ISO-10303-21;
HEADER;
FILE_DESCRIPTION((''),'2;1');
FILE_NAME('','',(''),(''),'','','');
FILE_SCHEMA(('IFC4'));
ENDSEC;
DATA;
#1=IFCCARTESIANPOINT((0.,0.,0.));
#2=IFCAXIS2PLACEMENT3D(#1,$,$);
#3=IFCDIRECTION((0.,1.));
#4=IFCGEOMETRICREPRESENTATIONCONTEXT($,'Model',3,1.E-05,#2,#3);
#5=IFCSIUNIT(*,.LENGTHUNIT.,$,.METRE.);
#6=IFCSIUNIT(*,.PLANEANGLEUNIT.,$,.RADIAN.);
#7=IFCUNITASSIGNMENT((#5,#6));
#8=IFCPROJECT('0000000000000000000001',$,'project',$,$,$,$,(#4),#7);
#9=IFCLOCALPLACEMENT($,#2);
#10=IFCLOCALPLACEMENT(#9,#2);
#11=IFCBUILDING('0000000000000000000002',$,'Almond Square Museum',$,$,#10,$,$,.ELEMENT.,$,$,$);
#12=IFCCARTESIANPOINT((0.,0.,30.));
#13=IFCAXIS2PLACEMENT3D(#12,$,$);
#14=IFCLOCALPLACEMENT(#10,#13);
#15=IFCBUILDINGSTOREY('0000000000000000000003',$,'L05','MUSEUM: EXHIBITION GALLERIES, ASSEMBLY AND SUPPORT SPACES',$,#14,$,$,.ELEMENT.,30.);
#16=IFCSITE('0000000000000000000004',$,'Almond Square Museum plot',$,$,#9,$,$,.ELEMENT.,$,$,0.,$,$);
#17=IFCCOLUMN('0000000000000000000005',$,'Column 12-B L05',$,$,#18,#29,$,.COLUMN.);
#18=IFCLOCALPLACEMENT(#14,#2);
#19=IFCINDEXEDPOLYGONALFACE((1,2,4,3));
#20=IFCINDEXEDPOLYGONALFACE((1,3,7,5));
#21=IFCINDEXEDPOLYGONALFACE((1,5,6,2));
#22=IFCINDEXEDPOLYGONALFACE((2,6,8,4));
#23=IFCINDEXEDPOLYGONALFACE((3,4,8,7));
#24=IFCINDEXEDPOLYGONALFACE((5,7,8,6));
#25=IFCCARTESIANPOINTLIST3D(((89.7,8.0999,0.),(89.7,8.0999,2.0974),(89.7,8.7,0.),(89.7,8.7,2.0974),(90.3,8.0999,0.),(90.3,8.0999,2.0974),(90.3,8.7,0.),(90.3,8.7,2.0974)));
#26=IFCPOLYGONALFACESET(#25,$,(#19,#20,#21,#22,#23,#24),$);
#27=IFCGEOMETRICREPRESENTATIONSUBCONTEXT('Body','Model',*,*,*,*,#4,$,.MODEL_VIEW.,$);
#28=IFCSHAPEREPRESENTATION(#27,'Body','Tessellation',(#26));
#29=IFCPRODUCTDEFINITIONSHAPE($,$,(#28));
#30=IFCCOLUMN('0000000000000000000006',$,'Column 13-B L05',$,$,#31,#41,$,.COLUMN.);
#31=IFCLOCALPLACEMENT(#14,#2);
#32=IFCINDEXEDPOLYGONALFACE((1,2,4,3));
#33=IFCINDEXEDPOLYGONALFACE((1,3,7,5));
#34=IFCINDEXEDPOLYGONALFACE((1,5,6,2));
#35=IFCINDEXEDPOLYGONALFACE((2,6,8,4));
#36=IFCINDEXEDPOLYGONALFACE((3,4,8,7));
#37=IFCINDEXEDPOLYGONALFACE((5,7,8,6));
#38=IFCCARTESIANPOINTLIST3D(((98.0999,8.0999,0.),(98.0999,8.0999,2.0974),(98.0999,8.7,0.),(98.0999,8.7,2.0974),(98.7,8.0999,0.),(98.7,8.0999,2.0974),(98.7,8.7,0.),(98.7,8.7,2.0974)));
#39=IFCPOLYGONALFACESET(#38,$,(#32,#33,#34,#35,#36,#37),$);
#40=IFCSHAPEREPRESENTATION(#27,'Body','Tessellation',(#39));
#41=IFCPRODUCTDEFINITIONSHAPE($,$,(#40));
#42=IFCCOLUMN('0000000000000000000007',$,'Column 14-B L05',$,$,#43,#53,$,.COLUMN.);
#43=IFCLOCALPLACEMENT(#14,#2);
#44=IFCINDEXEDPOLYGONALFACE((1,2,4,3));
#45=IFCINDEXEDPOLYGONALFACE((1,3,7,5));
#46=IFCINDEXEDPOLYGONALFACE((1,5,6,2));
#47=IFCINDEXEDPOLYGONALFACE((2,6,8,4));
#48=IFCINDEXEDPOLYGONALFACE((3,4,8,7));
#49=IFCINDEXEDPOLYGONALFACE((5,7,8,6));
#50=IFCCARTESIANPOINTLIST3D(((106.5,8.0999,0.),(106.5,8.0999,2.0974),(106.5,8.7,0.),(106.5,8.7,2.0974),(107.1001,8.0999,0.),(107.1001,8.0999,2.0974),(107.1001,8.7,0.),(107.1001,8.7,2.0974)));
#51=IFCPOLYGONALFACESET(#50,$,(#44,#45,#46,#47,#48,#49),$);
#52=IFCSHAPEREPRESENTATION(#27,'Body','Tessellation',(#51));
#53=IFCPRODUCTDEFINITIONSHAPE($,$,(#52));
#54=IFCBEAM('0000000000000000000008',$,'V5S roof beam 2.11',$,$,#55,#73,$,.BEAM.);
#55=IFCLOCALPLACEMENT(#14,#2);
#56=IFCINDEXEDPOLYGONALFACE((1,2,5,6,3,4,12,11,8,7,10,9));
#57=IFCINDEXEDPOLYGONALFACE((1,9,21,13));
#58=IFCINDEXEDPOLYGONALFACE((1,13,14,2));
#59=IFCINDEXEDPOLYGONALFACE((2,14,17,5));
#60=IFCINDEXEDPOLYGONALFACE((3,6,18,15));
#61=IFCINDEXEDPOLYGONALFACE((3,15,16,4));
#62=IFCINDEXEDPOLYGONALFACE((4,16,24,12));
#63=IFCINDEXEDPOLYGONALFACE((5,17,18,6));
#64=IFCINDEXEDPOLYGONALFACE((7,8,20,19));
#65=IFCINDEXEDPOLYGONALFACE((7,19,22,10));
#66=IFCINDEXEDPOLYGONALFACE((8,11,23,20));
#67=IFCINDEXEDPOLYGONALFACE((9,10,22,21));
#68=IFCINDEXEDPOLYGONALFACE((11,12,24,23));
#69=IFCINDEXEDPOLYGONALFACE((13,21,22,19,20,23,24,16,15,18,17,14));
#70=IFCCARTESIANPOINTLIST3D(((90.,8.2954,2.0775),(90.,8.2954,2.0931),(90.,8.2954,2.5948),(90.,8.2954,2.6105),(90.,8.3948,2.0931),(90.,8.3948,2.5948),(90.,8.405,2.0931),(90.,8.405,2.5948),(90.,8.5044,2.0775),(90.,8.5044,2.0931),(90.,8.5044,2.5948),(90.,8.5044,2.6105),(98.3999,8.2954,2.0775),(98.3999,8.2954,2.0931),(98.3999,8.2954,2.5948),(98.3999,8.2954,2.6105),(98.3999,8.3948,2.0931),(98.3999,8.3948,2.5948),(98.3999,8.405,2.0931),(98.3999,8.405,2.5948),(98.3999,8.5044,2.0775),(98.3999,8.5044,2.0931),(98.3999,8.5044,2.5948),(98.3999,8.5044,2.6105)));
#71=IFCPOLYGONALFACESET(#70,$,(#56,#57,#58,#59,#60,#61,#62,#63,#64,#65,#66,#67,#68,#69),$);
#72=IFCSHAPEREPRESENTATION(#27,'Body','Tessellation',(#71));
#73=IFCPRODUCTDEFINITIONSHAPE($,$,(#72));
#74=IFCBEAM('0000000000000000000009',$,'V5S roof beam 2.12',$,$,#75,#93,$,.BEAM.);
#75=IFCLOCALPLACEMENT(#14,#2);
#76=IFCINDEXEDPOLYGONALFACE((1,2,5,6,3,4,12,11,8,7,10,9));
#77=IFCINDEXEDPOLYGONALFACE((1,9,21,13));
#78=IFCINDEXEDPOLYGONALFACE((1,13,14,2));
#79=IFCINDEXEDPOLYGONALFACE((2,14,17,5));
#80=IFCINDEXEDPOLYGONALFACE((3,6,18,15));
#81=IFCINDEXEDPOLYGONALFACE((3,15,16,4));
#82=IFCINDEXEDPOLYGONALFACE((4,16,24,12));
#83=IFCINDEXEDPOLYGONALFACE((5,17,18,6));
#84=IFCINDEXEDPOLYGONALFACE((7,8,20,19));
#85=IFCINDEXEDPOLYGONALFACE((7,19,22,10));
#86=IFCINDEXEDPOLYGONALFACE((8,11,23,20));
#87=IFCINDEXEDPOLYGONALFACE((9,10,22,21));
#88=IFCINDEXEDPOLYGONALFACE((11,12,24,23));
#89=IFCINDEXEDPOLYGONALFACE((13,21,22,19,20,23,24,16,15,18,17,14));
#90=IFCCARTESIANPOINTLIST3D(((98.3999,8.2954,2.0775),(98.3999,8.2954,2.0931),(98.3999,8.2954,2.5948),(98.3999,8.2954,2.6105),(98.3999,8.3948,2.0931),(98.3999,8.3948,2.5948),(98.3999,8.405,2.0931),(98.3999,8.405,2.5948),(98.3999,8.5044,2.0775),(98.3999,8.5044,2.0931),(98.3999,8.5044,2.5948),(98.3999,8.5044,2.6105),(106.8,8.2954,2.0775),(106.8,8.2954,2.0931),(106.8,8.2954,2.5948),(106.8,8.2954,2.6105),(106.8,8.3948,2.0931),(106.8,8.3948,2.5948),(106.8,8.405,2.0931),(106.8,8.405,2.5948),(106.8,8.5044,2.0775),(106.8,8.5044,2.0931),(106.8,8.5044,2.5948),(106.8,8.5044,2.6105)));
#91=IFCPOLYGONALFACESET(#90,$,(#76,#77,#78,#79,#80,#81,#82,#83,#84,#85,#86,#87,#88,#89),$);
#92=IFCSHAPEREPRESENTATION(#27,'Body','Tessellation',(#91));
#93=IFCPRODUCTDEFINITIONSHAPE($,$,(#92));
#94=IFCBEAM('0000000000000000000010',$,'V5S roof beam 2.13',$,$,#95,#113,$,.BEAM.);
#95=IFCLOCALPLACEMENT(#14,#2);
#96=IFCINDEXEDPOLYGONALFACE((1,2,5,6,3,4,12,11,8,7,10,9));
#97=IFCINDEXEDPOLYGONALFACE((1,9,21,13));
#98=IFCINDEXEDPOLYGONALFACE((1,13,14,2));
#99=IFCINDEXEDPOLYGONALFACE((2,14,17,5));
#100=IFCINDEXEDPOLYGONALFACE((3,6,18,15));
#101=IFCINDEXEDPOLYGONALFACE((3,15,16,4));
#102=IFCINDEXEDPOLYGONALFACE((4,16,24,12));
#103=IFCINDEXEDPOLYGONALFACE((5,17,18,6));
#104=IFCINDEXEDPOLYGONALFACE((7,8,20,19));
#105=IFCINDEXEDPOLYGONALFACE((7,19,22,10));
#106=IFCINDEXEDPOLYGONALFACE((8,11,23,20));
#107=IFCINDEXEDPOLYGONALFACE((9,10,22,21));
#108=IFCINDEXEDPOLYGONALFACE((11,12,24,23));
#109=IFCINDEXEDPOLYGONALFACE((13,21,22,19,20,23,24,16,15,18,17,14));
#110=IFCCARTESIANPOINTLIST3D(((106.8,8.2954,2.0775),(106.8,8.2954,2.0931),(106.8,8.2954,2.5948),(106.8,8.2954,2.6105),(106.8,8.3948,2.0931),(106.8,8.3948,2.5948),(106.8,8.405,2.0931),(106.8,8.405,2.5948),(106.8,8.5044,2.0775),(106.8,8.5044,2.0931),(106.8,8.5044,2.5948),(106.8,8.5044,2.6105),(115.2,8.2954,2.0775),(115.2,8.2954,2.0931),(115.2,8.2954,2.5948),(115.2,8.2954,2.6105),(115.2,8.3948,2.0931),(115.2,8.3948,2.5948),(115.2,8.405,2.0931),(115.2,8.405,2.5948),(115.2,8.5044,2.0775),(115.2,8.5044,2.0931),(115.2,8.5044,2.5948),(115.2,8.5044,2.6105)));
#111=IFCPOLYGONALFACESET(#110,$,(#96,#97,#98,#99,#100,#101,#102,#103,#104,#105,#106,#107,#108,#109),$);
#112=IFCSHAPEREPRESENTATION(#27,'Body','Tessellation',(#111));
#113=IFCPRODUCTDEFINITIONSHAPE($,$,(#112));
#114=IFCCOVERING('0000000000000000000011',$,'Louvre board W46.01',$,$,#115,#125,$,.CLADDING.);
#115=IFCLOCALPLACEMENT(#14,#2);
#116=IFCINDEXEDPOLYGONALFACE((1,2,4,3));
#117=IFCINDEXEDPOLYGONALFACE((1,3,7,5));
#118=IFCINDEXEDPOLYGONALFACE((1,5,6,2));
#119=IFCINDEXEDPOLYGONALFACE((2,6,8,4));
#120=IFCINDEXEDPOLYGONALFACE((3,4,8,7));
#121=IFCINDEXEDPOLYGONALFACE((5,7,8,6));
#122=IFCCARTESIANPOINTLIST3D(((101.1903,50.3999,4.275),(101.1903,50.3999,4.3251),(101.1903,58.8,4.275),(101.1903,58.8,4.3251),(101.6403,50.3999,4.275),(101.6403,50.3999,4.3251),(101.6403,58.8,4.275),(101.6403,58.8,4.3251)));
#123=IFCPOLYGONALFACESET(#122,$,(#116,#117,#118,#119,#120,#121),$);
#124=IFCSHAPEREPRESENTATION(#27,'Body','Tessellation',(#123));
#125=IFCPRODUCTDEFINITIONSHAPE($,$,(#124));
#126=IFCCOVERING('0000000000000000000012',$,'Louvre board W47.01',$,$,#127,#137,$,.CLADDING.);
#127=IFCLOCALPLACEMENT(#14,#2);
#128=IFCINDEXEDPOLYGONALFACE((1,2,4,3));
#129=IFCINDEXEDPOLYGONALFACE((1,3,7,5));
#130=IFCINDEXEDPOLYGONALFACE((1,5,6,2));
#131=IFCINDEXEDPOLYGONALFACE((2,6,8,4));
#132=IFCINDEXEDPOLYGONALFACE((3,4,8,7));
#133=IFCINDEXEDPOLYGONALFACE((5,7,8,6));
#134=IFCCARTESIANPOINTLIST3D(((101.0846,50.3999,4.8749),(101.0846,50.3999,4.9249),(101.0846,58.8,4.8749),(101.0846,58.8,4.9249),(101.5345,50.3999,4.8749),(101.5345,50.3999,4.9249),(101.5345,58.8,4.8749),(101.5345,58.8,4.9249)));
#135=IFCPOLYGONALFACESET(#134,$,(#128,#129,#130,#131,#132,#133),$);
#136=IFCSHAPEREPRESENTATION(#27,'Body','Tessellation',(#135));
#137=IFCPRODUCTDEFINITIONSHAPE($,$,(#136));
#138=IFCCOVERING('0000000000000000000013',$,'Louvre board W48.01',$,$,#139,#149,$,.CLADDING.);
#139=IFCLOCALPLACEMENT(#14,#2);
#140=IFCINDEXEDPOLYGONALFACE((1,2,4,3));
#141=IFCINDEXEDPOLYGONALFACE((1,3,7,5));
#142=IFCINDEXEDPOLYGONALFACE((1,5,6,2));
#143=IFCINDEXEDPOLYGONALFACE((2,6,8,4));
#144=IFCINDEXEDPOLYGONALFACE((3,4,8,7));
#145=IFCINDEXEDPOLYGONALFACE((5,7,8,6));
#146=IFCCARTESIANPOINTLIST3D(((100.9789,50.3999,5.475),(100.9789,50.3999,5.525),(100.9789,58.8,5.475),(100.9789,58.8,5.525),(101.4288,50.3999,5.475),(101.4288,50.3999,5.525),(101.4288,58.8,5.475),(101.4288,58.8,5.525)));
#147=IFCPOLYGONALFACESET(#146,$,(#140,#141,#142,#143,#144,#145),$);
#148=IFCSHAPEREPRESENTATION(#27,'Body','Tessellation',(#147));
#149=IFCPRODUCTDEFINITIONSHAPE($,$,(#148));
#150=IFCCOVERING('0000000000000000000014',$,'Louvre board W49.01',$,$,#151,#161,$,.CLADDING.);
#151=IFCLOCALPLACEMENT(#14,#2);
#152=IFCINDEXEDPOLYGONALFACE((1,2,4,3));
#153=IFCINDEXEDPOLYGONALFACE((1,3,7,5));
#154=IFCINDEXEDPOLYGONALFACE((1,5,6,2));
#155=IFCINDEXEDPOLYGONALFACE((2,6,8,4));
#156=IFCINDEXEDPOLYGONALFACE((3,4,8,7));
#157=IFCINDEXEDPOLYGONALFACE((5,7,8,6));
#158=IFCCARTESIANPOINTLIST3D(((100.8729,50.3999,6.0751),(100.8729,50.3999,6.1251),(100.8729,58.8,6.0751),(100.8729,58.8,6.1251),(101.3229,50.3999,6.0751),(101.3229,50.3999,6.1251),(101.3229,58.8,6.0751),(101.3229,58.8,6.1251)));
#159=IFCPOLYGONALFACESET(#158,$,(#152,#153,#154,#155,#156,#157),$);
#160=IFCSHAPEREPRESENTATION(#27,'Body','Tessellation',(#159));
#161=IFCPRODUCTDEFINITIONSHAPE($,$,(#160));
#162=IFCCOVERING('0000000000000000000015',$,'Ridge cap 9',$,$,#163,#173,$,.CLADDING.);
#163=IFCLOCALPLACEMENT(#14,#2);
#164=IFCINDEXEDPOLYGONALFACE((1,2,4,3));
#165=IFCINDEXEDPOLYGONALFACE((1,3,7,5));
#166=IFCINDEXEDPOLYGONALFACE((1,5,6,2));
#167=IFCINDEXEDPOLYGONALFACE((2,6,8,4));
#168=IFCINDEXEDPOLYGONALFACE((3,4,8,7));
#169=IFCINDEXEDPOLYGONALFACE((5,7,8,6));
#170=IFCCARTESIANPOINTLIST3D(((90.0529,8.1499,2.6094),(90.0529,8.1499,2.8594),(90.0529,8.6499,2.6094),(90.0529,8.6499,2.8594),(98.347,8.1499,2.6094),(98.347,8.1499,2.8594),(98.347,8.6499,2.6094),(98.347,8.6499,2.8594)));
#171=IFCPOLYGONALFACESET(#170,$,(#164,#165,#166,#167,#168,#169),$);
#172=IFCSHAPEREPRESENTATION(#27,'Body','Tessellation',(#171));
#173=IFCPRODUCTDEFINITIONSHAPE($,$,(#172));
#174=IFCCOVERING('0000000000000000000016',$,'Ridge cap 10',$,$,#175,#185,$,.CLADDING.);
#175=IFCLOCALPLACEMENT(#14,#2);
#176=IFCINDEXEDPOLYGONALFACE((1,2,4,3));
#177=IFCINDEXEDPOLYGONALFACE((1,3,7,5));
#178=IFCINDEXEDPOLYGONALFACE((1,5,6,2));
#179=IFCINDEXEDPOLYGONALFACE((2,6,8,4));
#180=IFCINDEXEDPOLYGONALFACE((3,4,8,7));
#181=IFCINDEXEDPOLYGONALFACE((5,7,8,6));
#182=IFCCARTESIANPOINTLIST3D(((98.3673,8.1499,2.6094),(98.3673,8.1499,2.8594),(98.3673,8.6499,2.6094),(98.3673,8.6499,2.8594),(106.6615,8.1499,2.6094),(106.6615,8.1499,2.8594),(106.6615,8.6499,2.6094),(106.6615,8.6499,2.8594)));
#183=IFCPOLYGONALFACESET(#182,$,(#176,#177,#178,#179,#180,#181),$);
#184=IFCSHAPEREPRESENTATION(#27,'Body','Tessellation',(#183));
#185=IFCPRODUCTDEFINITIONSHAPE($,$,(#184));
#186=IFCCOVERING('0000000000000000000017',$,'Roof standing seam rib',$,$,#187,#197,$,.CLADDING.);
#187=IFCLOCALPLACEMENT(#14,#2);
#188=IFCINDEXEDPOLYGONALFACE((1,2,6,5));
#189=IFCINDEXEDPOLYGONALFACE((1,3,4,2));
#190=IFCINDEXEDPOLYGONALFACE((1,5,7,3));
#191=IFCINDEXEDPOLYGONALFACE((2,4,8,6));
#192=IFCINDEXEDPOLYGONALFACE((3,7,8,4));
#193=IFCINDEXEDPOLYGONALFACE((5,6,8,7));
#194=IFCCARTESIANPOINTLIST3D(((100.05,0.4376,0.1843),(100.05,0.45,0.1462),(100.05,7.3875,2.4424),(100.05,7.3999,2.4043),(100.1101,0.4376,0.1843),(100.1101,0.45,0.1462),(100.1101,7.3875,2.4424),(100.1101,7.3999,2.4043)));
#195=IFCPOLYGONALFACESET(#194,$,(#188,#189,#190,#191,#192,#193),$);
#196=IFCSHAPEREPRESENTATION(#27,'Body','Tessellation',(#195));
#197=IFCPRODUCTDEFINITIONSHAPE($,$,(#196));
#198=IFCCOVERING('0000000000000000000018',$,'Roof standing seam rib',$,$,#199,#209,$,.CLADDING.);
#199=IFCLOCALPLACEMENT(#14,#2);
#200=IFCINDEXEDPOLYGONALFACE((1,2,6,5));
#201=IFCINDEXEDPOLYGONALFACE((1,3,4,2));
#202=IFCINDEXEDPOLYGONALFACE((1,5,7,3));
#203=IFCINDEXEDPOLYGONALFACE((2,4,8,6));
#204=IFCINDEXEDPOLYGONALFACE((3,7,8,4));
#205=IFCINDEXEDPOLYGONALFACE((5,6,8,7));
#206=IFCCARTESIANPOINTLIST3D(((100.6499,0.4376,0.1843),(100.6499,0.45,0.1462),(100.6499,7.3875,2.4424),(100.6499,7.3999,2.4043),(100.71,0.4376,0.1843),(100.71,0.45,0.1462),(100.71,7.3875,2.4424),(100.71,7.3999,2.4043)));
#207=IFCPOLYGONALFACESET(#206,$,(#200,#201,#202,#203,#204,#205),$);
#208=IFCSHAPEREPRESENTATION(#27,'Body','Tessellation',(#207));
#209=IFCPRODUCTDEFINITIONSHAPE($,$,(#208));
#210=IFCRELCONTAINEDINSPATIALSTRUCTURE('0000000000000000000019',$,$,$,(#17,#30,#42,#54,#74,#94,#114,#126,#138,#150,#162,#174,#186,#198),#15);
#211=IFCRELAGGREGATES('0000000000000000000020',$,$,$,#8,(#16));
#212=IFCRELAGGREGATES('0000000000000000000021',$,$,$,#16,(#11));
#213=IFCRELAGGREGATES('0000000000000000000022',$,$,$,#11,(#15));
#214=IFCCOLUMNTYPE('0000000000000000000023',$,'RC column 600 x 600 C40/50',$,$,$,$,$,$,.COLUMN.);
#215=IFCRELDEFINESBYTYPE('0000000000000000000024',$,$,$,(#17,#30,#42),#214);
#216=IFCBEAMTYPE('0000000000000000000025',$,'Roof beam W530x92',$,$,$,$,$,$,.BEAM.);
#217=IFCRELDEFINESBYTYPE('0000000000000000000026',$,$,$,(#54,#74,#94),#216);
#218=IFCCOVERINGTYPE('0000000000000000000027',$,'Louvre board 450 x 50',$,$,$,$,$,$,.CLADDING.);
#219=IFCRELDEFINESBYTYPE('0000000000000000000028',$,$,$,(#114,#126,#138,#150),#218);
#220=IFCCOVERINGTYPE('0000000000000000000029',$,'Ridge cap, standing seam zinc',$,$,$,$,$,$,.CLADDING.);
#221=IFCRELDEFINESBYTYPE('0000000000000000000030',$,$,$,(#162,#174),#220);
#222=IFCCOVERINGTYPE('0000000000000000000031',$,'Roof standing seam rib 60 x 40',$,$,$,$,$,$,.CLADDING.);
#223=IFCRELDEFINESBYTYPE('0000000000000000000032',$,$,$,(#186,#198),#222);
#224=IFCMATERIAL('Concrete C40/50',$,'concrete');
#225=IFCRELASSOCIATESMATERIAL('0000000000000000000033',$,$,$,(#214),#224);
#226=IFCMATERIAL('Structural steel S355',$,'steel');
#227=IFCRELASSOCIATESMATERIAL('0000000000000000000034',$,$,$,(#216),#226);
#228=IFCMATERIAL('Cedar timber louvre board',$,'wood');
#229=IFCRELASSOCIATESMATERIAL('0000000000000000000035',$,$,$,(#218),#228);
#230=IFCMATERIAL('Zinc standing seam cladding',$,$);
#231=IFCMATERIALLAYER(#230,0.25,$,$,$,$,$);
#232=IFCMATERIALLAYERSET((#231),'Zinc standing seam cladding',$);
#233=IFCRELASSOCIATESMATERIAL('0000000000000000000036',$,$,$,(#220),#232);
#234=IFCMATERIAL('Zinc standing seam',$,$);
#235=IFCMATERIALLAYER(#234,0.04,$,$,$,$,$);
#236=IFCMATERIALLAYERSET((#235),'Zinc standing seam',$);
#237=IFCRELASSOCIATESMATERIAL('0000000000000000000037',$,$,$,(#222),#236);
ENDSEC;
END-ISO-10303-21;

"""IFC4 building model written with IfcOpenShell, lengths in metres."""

from ifc_helpers import new_model, si_unit, direction, frame, origin, origin_2d, place, context, subcontext, project, spatial, polyline, rectangle, i_section, outline, extrude, material, layer, layer_set, material_profile, profile_set, type_object, element, save


model = new_model("IFC4")

# Units and contexts
model_context = context("Model", 3, precision=1e-05, world=origin(), true_north=direction((0.0, 1.0)))
body_context = subcontext(model_context, "Body", "Model", "MODEL_VIEW")
ifc_project = project(units=[si_unit("LENGTHUNIT", "METRE"), si_unit("PLANEANGLEUNIT", "RADIAN")], contexts=[model_context])

# Site, building, storey
site_placement = place(None, origin())
site = spatial("IfcSite", under=ifc_project, at=site_placement, Name="Almond Square Museum plot", CompositionType="ELEMENT", RefElevation=0.0)
building_placement = place(site_placement, origin())
building = spatial("IfcBuilding", under=site, at=building_placement, Name="Almond Square Museum", CompositionType="ELEMENT")
storey_placement = place(building_placement, frame((0.0, 0.0, 30.0)))
storey = spatial("IfcBuildingStorey", under=building, at=storey_placement, Name="L05", Description="MUSEUM: EXHIBITION GALLERIES, ASSEMBLY AND SUPPORT SPACES", CompositionType="ELEMENT", Elevation=30.0)

# Columns
ifc_material_1 = material(Name="Concrete C40/50", Category="concrete")
ifc_material_profile_1 = material_profile(ifc_material_1, rectangle(XDim=0.6001, YDim=0.6001, at=origin_2d()))
ifc_profile_set_1 = profile_set([ifc_material_profile_1], Name="Concrete C40/50")
column_type = type_object("IfcColumnType", Name="RC column 600 x 600 C40/50", PredefinedType="COLUMN", material=ifc_profile_set_1)
for number, where, z_axis, x_axis, name in (
    (1, (90.0, 8.3999, 0.0), (0.0, 0.0, 1.0), (1.0, 0.0, 0.0), "Column 12-B L05"),
    (2, (98.3999, 8.3999, 0.0), (0.0, 0.0, 1.0), (1.0, 0.0, 0.0), "Column 13-B L05"),
    (3, (106.8, 8.3999, 0.0), (0.0, 0.0, 1.0), (1.0, 0.0, 0.0), "Column 14-B L05"),
):
    element("IfcColumn", number, at=place(storey_placement, frame(where, z_axis=z_axis, x_axis=x_axis)), inside=storey, type_object=column_type, Name=name, PredefinedType="COLUMN", context=body_context, shape_type="SweptSolid", body=[
        extrude(rectangle(XDim=0.6001, YDim=0.6001, at=origin_2d()), origin(), (0.0, 0.0, 1.0), 2.0974),
    ])

# Beams
ifc_material_2 = material(Name="Structural steel S355", Category="steel")
ifc_material_profile_2 = material_profile(ifc_material_2, i_section(OverallWidth=0.209, OverallDepth=0.533, WebThickness=0.0103, FlangeThickness=0.0156, at=origin_2d()))
ifc_profile_set_2 = profile_set([ifc_material_profile_2], Name="Structural steel S355")
beam_type = type_object("IfcBeamType", Name="Roof beam W530x92", PredefinedType="BEAM", material=ifc_profile_set_2)
beam_1_placement = place(storey_placement, frame((90.0, 8.3999, 2.344), z_axis=(1.0, 0.0, 0.0), x_axis=(0.0, 1.0, 0.0)))
element("IfcBeam", 4, at=beam_1_placement, inside=storey, type_object=beam_type, Name="V5S roof beam 2.11", PredefinedType="BEAM", context=body_context, shape_type="SweptSolid", body=[
    extrude(i_section(OverallWidth=0.209, OverallDepth=0.533, WebThickness=0.0103, FlangeThickness=0.0156, at=origin_2d()), origin(), (0.0, 0.0, 1.0), 8.3999),
])
beam_2_placement = place(storey_placement, frame((98.3999, 8.3999, 2.344), z_axis=(1.0, 0.0, 0.0), x_axis=(0.0, 1.0, 0.0)))
element("IfcBeam", 5, at=beam_2_placement, inside=storey, type_object=beam_type, Name="V5S roof beam 2.12", PredefinedType="BEAM", context=body_context, shape_type="SweptSolid", body=[
    extrude(i_section(OverallWidth=0.209, OverallDepth=0.533, WebThickness=0.0103, FlangeThickness=0.0156, at=origin_2d()), origin(), (0.0, 0.0, 1.0), 8.4001),
])
beam_3_placement = place(storey_placement, frame((106.8, 8.3999, 2.344), z_axis=(1.0, 0.0, 0.0), x_axis=(0.0, 1.0, 0.0)))
element("IfcBeam", 6, at=beam_3_placement, inside=storey, type_object=beam_type, Name="V5S roof beam 2.13", PredefinedType="BEAM", context=body_context, shape_type="SweptSolid", body=[
    extrude(i_section(OverallWidth=0.209, OverallDepth=0.533, WebThickness=0.0103, FlangeThickness=0.0156, at=origin_2d()), origin(), (0.0, 0.0, 1.0), 8.3999),
])

# Coverings
ifc_material_3 = material(Name="Cedar timber louvre board", Category="wood")
ifc_material_profile_3 = material_profile(ifc_material_3, rectangle(XDim=0.45, YDim=0.05, at=origin_2d()))
ifc_profile_set_3 = profile_set([ifc_material_profile_3], Name="Cedar timber louvre board")
covering_type_1 = type_object("IfcCoveringType", Name="Louvre board 450 x 50", PredefinedType="CLADDING", material=ifc_profile_set_3)
for number, where, z_axis, x_axis, name in (
    (7, (101.4153, 50.3999, 4.3), (0.0, 1.0, 0.0), (-1.0, 0.0, 0.0), "Louvre board W46.01"),
    (8, (101.3096, 50.3999, 4.8999), (0.0, 1.0, 0.0), (-1.0, 0.0, 0.0), "Louvre board W47.01"),
    (9, (101.2039, 50.3999, 5.5), (0.0, 1.0, 0.0), (-1.0, 0.0, 0.0), "Louvre board W48.01"),
    (10, (101.0979, 50.3999, 6.1001), (0.0, 1.0, 0.0), (-1.0, 0.0, 0.0), "Louvre board W49.01"),
):
    element("IfcCovering", number, at=place(storey_placement, frame(where, z_axis=z_axis, x_axis=x_axis)), inside=storey, type_object=covering_type_1, Name=name, PredefinedType="CLADDING", context=body_context, shape_type="SweptSolid", body=[
        extrude(rectangle(XDim=0.45, YDim=0.05, at=origin_2d()), origin(), (0.0, 0.0, 1.0), 8.4001),
    ])
ifc_material_4 = material(Name="Zinc standing seam cladding")
ifc_layer_1 = layer(ifc_material_4, 0.25)
ifc_layer_set_1 = layer_set([ifc_layer_1], Name="Zinc standing seam cladding")
covering_type_2 = type_object("IfcCoveringType", Name="Ridge cap, standing seam zinc", PredefinedType="CLADDING", material=ifc_layer_set_1)
for number, where, z_axis, x_axis, name in (
    (11, (94.2, 8.3999, 2.6094), (0.0, 0.0, 1.0), (1.0, 0.0, 0.0), "Ridge cap 9"),
    (12, (102.5144, 8.3999, 2.6094), (0.0, 0.0, 1.0), (1.0, 0.0, 0.0), "Ridge cap 10"),
):
    element("IfcCovering", number, at=place(storey_placement, frame(where, z_axis=z_axis, x_axis=x_axis)), inside=storey, type_object=covering_type_2, Name=name, PredefinedType="CLADDING", context=body_context, shape_type="SweptSolid", body=[
        extrude(rectangle(XDim=8.2942, YDim=0.5, at=origin_2d()), origin(), (0.0, 0.0, 1.0), 0.25),
    ])
ifc_material_5 = material(Name="Zinc standing seam")
ifc_layer_2 = layer(ifc_material_5, 0.04)
ifc_layer_set_2 = layer_set([ifc_layer_2], Name="Zinc standing seam")
covering_type_3 = type_object("IfcCoveringType", Name="Roof standing seam rib 60 x 40", PredefinedType="CLADDING", material=ifc_layer_set_2)
for number, where, z_axis, x_axis, name in (
    (13, (100.05, 0.45, 0.1462), (0.0, -0.309002, 0.951061), (1.0, 0.0, 0.0), "Roof standing seam rib"),
    (14, (100.6499, 0.45, 0.1462), (0.0, -0.309002, 0.951061), (1.0, 0.0, 0.0), "Roof standing seam rib"),
):
    element("IfcCovering", number, at=place(storey_placement, frame(where, z_axis=z_axis, x_axis=x_axis)), inside=storey, type_object=covering_type_3, Name=name, PredefinedType="CLADDING", context=body_context, shape_type="SweptSolid", body=[
        extrude(outline(polyline([(0.0, 0.0), (0.0601, 0.0), (0.0601, 7.3076), (0.0, 7.3076), (0.0, 0.0)])), origin(), (0.0, 0.0, 1.0), 0.04),
    ])

save(model, "model.ifc")
